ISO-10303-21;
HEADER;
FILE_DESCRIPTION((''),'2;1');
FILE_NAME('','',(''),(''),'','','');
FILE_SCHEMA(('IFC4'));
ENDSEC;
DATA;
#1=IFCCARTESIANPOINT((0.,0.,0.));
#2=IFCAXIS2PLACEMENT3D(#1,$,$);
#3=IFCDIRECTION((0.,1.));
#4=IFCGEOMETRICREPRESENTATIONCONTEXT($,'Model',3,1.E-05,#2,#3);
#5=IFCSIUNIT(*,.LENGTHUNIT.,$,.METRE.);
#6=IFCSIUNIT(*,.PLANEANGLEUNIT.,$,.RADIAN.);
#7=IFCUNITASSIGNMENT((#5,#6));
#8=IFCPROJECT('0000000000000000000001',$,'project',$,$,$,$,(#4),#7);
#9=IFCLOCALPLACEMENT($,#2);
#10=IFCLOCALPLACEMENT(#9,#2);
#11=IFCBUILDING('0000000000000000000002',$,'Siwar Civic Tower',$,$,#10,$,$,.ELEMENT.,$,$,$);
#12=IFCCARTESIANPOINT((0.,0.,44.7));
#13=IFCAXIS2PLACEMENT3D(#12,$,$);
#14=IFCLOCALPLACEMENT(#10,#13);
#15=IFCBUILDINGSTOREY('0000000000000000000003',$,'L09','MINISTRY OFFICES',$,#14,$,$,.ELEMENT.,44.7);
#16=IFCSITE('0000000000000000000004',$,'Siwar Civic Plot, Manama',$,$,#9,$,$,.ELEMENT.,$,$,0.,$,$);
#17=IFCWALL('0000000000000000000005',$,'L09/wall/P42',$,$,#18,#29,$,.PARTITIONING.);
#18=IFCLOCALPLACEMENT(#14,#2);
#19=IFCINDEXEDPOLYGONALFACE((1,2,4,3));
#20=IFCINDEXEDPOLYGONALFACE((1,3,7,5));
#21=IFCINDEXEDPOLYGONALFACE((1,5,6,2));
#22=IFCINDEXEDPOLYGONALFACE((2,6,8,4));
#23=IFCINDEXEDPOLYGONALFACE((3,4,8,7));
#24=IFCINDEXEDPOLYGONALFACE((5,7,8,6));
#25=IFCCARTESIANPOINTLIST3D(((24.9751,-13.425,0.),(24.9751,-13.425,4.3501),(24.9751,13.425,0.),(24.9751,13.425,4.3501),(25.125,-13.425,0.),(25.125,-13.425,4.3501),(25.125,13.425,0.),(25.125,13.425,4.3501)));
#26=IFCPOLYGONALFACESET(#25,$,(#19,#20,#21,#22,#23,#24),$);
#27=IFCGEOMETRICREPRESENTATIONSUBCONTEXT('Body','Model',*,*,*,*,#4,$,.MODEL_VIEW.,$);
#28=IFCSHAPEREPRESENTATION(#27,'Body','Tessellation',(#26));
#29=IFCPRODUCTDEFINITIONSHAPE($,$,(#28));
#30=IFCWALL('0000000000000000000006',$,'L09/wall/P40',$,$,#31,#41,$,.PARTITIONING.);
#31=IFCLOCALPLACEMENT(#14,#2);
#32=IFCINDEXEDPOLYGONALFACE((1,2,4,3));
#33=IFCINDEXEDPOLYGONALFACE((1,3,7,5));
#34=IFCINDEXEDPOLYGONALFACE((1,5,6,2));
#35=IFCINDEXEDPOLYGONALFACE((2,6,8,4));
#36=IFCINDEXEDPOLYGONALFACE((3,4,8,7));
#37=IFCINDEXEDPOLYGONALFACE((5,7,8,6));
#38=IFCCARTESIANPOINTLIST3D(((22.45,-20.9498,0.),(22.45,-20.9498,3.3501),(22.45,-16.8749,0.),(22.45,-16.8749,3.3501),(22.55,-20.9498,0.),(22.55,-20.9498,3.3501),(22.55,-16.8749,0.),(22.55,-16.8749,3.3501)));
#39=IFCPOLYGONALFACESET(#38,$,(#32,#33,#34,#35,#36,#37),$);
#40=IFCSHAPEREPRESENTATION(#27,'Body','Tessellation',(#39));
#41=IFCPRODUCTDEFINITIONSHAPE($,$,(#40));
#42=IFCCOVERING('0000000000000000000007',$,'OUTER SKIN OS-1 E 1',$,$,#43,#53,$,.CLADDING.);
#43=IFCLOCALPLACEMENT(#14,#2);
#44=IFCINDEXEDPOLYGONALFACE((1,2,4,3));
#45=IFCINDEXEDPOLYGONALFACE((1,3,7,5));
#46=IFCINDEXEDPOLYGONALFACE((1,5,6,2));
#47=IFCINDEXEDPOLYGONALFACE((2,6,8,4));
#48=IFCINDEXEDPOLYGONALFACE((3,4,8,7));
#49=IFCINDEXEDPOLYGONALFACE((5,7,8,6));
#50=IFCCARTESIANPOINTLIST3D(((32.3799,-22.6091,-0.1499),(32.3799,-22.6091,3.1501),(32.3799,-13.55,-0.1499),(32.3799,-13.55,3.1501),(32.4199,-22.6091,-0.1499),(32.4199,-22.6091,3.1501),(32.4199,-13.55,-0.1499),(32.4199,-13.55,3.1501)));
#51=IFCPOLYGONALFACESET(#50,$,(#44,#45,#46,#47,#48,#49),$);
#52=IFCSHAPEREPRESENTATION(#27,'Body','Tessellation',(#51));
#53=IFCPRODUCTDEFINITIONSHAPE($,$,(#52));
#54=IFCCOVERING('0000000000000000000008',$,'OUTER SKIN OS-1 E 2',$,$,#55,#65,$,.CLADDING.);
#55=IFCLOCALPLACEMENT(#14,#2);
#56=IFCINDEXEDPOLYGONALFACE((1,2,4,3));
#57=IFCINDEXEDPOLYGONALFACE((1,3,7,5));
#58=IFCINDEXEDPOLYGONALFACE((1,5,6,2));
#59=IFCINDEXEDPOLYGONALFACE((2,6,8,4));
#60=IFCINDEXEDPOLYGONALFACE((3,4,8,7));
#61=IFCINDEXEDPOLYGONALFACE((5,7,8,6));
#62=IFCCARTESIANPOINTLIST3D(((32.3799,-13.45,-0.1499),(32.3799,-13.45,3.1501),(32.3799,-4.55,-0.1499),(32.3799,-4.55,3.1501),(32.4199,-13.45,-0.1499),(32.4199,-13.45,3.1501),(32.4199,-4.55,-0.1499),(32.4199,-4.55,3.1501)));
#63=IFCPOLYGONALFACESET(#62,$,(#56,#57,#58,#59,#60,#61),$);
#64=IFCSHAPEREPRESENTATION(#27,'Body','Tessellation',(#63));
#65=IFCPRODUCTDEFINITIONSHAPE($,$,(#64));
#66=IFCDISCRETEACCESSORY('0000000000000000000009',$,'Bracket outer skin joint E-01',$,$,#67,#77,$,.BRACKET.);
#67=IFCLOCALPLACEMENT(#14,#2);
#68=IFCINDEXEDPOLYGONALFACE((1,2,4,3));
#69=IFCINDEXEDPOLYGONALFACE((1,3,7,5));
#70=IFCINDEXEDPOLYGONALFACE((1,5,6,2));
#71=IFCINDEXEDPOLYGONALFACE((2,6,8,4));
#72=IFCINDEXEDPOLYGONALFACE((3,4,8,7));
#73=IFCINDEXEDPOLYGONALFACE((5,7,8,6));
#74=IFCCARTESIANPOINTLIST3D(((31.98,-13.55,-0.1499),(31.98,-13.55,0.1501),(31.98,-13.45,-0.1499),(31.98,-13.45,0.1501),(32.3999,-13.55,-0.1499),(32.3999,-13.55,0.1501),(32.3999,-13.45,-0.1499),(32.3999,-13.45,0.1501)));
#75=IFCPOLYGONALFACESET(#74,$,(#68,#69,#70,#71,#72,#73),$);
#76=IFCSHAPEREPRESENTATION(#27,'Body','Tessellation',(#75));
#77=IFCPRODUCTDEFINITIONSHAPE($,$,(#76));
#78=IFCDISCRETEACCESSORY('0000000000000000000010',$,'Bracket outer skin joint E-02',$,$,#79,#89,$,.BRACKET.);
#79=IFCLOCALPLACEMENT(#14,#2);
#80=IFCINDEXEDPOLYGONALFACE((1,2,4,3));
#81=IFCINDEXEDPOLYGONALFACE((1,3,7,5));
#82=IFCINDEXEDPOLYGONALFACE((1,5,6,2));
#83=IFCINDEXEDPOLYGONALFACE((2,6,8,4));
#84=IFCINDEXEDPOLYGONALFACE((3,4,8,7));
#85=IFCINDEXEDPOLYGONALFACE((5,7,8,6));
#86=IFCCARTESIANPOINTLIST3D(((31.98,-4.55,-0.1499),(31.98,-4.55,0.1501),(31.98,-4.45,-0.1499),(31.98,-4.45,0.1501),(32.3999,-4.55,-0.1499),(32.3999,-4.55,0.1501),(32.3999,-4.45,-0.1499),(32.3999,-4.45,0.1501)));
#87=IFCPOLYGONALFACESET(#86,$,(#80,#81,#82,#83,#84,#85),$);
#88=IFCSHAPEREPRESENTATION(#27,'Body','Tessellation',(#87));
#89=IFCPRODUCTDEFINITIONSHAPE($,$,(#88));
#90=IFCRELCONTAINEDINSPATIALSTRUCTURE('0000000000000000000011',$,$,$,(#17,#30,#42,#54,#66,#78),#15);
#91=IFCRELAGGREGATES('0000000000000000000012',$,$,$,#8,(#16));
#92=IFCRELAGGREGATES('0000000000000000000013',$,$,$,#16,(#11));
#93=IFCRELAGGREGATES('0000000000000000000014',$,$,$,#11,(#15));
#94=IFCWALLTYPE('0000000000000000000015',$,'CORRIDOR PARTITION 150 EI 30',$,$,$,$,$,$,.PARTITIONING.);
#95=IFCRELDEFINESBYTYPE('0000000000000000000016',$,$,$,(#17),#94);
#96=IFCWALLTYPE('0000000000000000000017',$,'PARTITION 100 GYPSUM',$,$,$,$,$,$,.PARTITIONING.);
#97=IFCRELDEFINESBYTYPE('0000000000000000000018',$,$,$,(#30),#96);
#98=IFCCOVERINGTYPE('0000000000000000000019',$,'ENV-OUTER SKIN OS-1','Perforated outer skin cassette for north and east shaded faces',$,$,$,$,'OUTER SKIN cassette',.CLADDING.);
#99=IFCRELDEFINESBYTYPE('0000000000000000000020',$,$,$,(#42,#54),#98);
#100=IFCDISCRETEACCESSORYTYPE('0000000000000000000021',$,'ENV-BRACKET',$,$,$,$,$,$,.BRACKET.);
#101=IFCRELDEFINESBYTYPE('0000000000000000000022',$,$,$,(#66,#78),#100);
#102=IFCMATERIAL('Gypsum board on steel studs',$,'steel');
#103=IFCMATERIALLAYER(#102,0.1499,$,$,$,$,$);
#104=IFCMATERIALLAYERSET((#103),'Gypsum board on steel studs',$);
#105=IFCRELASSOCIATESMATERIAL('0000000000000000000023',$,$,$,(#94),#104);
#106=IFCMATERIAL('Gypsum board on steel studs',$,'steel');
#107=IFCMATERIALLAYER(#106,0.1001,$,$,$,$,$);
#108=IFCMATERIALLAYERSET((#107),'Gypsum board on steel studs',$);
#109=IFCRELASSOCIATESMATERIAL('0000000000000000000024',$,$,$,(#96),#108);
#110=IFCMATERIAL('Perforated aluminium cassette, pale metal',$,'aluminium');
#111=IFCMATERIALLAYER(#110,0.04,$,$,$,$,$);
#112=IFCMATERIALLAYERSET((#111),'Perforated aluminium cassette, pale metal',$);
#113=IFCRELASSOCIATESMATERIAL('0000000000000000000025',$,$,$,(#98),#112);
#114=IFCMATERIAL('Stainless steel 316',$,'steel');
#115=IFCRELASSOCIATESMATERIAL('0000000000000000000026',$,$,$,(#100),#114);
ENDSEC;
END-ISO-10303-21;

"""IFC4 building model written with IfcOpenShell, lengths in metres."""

from ifc_helpers import new_model, si_unit, direction, frame, frame_2d, origin, origin_2d, place, context, subcontext, project, spatial, rectangle, extrude, material, layer, layer_set, type_object, element, save


model = new_model("IFC4")

# Units and contexts
model_context = context("Model", 3, precision=1e-05, world=origin(), true_north=direction((0.0, 1.0)))
body_context = subcontext(model_context, "Body", "Model", "MODEL_VIEW")
ifc_project = project(units=[si_unit("LENGTHUNIT", "METRE"), si_unit("PLANEANGLEUNIT", "RADIAN")], contexts=[model_context])

# Site, building, storey
site_placement = place(None, origin())
site = spatial("IfcSite", under=ifc_project, at=site_placement, Name="Siwar Civic Plot, Manama", CompositionType="ELEMENT", RefElevation=0.0)
building_placement = place(site_placement, origin())
building = spatial("IfcBuilding", under=site, at=building_placement, Name="Siwar Civic Tower", CompositionType="ELEMENT")
storey_placement = place(building_placement, frame((0.0, 0.0, 44.7)))
storey = spatial("IfcBuildingStorey", under=building, at=storey_placement, Name="L09", Description="MINISTRY OFFICES", CompositionType="ELEMENT", Elevation=44.7)

# Walls
ifc_material_1 = material(Name="Gypsum board on steel studs", Category="steel")
ifc_layer_1 = layer(ifc_material_1, 0.1499)
ifc_layer_set_1 = layer_set([ifc_layer_1], Name="Gypsum board on steel studs")
wall_type_1 = type_object("IfcWallType", Name="CORRIDOR PARTITION 150 EI 30", PredefinedType="PARTITIONING", material=ifc_layer_set_1)
wall_1_placement = place(storey_placement, frame((25.05, -13.425, 0.0), z_axis=(0.0, 0.0, 1.0), x_axis=(0.0, 1.0, 0.0)))
element("IfcWall", 1, at=wall_1_placement, inside=storey, type_object=wall_type_1, Name="L09/wall/P42", PredefinedType="PARTITIONING", context=body_context, shape_type="SweptSolid", body=[
    extrude(rectangle(XDim=26.8501, YDim=0.1499, at=frame_2d((13.425, 0.0))), origin(), (0.0, 0.0, 1.0), 4.3501),
])
ifc_material_2 = material(Name="Gypsum board on steel studs", Category="steel")
ifc_layer_2 = layer(ifc_material_2, 0.1001)
ifc_layer_set_2 = layer_set([ifc_layer_2], Name="Gypsum board on steel studs")
wall_type_2 = type_object("IfcWallType", Name="PARTITION 100 GYPSUM", PredefinedType="PARTITIONING", material=ifc_layer_set_2)
wall_2_placement = place(storey_placement, frame((22.5, -20.95, 0.0), z_axis=(0.0, 0.0, 1.0), x_axis=(0.0, 1.0, 0.0)))
element("IfcWall", 2, at=wall_2_placement, inside=storey, type_object=wall_type_2, Name="L09/wall/P40", PredefinedType="PARTITIONING", context=body_context, shape_type="SweptSolid", body=[
    extrude(rectangle(XDim=4.075, YDim=0.1001, at=frame_2d((2.0376, 0.0))), origin(), (0.0, 0.0, 1.0), 3.3501),
])

# Coverings
ifc_material_3 = material(Name="Perforated aluminium cassette, pale metal", Category="aluminium")
ifc_layer_3 = layer(ifc_material_3, 0.04)
ifc_layer_set_3 = layer_set([ifc_layer_3], Name="Perforated aluminium cassette, pale metal")
covering_type = type_object("IfcCoveringType", Name="ENV-OUTER SKIN OS-1", Description="Perforated outer skin cassette for north and east shaded faces", ElementType="OUTER SKIN cassette", PredefinedType="CLADDING", material=ifc_layer_set_3)
covering_1_placement = place(storey_placement, frame((32.3999, -18.0796, -0.1499), z_axis=(0.0, 0.0, 1.0), x_axis=(0.0, 1.0, 0.0)))
element("IfcCovering", 3, at=covering_1_placement, inside=storey, type_object=covering_type, Name="OUTER SKIN OS-1 E 1", PredefinedType="CLADDING", context=body_context, shape_type="SweptSolid", body=[
    extrude(rectangle(XDim=9.0591, YDim=0.04, at=origin_2d()), origin(), (0.0, 0.0, 1.0), 3.3),
])
covering_2_placement = place(storey_placement, frame((32.3999, -9.0, -0.1499), z_axis=(0.0, 0.0, 1.0), x_axis=(0.0, 1.0, 0.0)))
element("IfcCovering", 4, at=covering_2_placement, inside=storey, type_object=covering_type, Name="OUTER SKIN OS-1 E 2", PredefinedType="CLADDING", context=body_context, shape_type="SweptSolid", body=[
    extrude(rectangle(XDim=8.8999, YDim=0.04, at=origin_2d()), origin(), (0.0, 0.0, 1.0), 3.3),
])

# Discrete accessories
ifc_material_4 = material(Name="Stainless steel 316", Category="steel")
discrete_accessory_type = type_object("IfcDiscreteAccessoryType", Name="ENV-BRACKET", PredefinedType="BRACKET", material=ifc_material_4)
for number, where, z_axis, x_axis, name in (
    (5, (32.1899, -13.5, -0.1499), (0.0, 0.0, 1.0), (1.0, 0.0, 0.0), "Bracket outer skin joint E-01"),
    (6, (32.1899, -4.5, -0.1499), (0.0, 0.0, 1.0), (1.0, 0.0, 0.0), "Bracket outer skin joint E-02"),
):
    element("IfcDiscreteAccessory", number, at=place(storey_placement, frame(where, z_axis=z_axis, x_axis=x_axis)), inside=storey, type_object=discrete_accessory_type, Name=name, PredefinedType="BRACKET", context=body_context, shape_type="SweptSolid", body=[
        extrude(rectangle(XDim=0.4199, YDim=0.1001, at=origin_2d()), origin(), (0.0, 0.0, 1.0), 0.3),
    ])

save(model, "model.ifc")
